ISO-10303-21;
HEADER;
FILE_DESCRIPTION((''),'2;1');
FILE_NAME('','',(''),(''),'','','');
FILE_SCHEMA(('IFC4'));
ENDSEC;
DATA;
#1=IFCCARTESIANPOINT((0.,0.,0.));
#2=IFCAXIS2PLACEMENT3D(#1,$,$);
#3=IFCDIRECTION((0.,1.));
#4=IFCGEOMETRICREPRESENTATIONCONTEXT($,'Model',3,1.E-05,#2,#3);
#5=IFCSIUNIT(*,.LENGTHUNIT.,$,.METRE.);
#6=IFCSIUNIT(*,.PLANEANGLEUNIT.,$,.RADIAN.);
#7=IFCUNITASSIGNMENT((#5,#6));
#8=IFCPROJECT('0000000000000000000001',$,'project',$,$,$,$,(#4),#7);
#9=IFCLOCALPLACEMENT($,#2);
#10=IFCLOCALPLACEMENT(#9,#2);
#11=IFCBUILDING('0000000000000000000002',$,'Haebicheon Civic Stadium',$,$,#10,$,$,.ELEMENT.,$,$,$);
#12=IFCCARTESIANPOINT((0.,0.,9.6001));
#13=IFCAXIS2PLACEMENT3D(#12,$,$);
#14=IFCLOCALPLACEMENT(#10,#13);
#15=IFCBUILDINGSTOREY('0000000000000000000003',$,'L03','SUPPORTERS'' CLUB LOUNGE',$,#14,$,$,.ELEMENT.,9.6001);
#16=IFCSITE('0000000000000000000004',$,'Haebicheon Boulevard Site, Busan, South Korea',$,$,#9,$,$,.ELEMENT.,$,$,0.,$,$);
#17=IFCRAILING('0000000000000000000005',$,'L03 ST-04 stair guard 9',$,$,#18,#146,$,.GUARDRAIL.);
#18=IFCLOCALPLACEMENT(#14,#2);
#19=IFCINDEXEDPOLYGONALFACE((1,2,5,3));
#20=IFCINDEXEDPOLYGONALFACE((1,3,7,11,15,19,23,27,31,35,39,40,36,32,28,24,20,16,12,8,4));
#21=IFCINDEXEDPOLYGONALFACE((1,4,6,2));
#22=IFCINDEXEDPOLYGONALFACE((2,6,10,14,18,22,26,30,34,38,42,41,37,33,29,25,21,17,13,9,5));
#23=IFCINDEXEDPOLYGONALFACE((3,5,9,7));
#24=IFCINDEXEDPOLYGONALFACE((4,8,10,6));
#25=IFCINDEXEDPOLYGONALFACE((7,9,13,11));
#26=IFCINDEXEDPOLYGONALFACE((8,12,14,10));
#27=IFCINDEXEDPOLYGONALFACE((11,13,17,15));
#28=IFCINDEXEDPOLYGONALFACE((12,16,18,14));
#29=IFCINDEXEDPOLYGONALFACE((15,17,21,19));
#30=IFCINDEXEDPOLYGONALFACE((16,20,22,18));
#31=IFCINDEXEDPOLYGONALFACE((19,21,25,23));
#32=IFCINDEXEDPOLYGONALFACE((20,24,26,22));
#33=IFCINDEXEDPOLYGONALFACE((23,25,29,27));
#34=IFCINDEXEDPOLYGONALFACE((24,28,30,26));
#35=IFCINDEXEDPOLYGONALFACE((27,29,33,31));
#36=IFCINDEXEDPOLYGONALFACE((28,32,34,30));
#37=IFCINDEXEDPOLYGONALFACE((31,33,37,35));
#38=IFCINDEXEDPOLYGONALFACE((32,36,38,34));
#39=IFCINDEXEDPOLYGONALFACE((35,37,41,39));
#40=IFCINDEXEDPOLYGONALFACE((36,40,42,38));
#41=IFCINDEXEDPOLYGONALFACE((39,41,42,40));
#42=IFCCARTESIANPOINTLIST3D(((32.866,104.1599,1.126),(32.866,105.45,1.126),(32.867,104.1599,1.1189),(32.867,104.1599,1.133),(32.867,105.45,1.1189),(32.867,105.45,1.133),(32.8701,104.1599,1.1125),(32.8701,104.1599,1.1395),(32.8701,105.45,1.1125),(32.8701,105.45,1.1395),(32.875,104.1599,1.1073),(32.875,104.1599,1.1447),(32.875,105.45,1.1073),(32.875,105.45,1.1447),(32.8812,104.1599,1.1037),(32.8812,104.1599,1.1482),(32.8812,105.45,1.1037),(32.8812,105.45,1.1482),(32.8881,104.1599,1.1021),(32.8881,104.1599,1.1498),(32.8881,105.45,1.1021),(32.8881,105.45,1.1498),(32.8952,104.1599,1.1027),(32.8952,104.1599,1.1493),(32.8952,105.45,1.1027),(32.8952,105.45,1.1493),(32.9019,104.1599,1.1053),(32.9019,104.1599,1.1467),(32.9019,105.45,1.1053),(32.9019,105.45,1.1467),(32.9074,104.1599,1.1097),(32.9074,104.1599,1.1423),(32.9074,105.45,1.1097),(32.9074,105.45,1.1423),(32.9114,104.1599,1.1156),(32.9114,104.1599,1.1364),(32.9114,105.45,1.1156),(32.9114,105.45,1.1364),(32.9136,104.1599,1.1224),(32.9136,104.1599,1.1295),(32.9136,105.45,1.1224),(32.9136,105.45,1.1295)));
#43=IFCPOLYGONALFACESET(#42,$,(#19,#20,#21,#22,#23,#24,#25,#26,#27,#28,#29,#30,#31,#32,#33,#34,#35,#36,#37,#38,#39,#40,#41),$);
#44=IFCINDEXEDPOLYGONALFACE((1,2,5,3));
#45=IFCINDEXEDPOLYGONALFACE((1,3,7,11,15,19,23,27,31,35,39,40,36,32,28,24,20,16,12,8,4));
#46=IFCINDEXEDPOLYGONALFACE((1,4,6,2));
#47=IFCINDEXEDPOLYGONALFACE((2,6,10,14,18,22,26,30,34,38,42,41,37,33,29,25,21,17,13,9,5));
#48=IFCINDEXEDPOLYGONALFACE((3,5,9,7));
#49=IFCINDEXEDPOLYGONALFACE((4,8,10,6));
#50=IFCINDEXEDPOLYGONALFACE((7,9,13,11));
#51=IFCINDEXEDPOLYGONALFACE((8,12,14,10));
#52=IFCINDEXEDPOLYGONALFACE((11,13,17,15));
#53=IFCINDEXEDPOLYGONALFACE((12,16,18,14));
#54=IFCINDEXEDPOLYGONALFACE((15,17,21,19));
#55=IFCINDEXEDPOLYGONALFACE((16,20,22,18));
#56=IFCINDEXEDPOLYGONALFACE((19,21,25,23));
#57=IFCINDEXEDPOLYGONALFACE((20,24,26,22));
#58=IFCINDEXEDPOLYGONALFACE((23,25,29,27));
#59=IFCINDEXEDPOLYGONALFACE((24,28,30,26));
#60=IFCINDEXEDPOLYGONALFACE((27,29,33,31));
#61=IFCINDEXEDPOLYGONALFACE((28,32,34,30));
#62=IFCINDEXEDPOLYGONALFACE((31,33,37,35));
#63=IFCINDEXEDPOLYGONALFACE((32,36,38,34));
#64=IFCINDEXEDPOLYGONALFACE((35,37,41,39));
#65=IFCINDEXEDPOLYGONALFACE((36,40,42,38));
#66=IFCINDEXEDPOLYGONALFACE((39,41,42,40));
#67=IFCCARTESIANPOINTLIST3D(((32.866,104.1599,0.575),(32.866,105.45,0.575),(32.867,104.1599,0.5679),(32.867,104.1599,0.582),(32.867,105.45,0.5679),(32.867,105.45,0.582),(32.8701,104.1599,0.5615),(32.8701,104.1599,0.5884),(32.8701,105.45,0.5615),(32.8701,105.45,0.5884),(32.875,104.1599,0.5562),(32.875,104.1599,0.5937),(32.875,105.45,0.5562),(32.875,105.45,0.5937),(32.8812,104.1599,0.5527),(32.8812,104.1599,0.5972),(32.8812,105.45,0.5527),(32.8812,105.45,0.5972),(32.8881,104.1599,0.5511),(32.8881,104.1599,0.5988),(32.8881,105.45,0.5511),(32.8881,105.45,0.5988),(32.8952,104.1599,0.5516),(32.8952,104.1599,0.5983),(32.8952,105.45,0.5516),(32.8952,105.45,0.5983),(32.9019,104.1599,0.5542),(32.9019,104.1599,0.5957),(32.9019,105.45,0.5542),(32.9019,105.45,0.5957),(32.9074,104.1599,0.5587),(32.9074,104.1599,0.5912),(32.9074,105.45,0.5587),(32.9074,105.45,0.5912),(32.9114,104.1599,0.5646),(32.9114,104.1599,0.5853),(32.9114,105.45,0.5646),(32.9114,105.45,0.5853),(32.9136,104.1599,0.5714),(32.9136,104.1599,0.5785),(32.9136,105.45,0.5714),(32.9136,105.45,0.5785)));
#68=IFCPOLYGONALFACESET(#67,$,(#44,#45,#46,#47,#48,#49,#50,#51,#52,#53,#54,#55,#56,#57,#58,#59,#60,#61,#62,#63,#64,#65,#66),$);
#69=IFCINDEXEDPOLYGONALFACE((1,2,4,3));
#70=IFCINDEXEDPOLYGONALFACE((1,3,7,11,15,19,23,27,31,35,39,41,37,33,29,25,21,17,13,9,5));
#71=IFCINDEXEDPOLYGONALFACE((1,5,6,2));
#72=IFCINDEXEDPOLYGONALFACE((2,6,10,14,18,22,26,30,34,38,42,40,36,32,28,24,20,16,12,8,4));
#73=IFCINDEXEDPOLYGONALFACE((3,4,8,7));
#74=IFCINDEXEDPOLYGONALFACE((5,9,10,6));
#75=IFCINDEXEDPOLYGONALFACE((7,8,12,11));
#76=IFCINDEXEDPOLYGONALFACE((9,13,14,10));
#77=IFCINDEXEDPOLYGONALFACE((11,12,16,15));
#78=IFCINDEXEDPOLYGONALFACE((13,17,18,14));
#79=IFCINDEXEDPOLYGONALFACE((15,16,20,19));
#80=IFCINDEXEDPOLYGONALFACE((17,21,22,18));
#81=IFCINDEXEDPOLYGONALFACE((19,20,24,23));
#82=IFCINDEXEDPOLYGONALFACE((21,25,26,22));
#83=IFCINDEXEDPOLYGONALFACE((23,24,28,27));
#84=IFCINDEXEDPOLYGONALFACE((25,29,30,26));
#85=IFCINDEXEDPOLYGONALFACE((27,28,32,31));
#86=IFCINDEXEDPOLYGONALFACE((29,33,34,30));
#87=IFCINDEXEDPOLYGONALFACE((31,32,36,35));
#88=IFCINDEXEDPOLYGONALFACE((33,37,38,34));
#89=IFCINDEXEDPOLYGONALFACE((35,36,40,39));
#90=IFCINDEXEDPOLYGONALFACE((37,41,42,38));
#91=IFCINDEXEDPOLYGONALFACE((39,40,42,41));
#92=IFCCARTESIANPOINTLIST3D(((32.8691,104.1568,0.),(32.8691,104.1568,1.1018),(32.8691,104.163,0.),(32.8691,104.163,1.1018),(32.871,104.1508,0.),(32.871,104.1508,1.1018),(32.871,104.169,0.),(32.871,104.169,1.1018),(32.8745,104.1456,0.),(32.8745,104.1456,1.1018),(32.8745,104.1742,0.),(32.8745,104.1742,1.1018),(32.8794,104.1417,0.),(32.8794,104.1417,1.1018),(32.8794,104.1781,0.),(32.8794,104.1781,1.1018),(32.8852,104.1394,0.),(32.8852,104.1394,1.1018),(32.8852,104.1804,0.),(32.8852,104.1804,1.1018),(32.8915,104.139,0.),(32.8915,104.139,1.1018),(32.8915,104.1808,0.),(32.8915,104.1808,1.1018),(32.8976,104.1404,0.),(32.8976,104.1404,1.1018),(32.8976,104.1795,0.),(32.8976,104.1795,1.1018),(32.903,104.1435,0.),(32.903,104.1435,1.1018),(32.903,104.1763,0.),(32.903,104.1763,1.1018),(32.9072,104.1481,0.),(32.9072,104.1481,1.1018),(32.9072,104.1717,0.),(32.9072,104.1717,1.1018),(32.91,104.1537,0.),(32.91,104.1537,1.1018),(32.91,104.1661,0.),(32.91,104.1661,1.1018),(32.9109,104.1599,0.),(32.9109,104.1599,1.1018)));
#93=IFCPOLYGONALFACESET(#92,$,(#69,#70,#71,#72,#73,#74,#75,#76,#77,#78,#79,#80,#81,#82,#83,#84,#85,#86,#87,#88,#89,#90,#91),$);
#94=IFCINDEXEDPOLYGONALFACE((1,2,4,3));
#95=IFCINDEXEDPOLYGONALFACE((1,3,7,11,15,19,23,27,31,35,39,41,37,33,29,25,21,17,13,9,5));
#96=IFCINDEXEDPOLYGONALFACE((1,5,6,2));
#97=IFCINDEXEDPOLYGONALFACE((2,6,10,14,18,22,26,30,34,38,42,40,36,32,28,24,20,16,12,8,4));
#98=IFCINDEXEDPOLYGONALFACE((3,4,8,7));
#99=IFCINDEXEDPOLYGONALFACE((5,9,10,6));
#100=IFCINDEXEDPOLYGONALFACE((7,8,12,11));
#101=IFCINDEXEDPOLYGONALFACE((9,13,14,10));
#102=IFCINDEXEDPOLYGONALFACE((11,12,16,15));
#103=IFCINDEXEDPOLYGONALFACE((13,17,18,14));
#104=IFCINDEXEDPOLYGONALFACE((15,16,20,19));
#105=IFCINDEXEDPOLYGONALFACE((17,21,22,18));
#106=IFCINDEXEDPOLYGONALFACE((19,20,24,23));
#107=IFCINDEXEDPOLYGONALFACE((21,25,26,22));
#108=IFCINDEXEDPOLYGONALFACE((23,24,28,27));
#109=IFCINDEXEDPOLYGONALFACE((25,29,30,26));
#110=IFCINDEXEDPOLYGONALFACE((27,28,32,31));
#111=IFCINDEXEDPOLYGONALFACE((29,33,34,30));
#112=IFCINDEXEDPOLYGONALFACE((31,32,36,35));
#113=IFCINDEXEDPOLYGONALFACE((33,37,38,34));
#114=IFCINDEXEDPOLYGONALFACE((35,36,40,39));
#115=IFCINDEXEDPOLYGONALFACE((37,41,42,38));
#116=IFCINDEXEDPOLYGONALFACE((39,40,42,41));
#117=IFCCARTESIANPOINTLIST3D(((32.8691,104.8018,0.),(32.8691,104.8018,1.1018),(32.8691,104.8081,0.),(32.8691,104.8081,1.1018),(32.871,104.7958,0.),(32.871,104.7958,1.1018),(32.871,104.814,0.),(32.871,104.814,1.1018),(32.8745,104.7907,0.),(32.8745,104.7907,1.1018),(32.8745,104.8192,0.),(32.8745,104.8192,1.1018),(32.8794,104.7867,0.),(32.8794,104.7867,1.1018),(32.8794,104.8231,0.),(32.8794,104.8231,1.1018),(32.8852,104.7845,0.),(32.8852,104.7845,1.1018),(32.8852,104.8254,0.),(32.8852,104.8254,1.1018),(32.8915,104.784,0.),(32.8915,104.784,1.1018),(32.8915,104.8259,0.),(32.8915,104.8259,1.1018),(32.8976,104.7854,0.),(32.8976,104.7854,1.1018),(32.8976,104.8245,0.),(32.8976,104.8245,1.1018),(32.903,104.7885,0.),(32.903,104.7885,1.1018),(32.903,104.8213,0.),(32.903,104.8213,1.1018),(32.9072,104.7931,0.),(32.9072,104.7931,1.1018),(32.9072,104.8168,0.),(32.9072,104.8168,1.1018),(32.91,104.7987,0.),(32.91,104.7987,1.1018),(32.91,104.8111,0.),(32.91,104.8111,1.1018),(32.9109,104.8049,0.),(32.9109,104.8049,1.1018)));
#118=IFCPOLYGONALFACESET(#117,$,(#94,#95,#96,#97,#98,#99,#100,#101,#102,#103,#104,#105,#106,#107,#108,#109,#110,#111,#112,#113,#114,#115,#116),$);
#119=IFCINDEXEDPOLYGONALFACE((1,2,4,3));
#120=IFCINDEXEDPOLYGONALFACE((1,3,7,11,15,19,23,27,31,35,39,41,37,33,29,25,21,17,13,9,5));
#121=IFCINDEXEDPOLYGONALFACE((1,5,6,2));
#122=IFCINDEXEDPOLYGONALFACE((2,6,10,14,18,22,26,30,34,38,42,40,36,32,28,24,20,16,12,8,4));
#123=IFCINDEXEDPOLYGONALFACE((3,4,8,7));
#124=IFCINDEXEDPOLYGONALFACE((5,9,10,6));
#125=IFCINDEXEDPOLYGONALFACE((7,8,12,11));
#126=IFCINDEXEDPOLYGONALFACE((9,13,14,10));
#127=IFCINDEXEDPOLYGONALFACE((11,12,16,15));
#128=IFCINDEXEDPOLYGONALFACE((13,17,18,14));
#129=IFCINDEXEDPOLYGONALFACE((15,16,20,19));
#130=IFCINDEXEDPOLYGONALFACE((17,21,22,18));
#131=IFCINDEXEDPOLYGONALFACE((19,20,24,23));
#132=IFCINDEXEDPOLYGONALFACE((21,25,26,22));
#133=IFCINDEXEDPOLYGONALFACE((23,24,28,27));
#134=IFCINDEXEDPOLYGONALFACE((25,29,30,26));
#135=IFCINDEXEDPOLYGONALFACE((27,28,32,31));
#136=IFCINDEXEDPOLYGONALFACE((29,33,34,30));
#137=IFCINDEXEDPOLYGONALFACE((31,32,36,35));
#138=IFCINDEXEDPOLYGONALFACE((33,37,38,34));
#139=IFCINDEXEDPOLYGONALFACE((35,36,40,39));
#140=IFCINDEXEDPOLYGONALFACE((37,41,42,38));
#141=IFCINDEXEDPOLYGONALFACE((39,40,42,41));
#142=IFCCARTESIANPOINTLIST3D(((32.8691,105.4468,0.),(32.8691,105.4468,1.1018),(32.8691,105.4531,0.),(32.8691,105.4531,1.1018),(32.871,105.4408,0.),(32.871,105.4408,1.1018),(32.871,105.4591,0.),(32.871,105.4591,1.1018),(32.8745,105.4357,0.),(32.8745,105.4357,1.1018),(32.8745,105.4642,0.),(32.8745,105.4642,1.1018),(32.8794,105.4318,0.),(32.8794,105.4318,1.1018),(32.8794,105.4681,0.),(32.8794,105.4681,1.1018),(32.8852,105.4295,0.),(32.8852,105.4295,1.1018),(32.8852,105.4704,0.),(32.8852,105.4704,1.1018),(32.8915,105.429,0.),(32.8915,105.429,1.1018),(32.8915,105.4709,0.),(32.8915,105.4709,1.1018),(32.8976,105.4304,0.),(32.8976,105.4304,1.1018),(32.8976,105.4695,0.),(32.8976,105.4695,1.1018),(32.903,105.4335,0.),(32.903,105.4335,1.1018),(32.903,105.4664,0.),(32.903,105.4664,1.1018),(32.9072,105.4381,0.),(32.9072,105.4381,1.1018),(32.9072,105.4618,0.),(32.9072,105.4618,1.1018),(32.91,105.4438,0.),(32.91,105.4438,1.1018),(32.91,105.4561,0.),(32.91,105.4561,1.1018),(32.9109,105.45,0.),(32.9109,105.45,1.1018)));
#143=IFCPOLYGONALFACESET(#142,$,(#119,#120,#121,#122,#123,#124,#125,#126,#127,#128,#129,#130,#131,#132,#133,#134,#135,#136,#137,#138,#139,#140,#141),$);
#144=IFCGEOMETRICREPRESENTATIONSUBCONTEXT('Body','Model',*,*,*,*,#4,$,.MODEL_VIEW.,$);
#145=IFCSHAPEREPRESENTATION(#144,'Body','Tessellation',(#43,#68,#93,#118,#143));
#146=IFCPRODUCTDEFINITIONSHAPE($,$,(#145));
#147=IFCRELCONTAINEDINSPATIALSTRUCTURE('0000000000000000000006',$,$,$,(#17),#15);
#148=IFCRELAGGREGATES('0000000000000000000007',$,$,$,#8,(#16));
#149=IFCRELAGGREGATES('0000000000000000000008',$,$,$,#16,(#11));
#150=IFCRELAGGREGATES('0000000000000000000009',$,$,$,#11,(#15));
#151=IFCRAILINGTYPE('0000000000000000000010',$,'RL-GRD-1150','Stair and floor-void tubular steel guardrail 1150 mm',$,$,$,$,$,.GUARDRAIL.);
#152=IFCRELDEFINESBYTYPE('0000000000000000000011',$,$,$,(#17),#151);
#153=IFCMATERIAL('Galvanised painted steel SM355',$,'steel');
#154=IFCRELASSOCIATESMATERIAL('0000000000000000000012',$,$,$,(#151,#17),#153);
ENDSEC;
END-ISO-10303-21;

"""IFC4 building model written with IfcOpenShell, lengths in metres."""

from ifc_helpers import new_model, si_unit, direction, frame, origin, origin_2d, place, context, subcontext, project, spatial, circle, extrude, material, type_object, element, save


model = new_model("IFC4")

# Units and contexts
model_context = context("Model", 3, precision=1e-05, world=origin(), true_north=direction((0.0, 1.0)))
body_context = subcontext(model_context, "Body", "Model", "MODEL_VIEW")
ifc_project = project(units=[si_unit("LENGTHUNIT", "METRE"), si_unit("PLANEANGLEUNIT", "RADIAN")], contexts=[model_context])

# Site, building, storey
site_placement = place(None, origin())
site = spatial("IfcSite", under=ifc_project, at=site_placement, Name="Haebicheon Boulevard Site, Busan, South Korea", CompositionType="ELEMENT", RefElevation=0.0)
building_placement = place(site_placement, origin())
building = spatial("IfcBuilding", under=site, at=building_placement, Name="Haebicheon Civic Stadium", CompositionType="ELEMENT")
storey_placement = place(building_placement, frame((0.0, 0.0, 9.6001)))
storey = spatial("IfcBuildingStorey", under=building, at=storey_placement, Name="L03", Description="SUPPORTERS' CLUB LOUNGE", CompositionType="ELEMENT", Elevation=9.6001)

# Railing
ifc_material_1 = material(Name="Galvanised painted steel SM355", Category="steel")
railing_type_1 = type_object("IfcRailingType", Name="RL-GRD-1150", Description="Stair and floor-void tubular steel guardrail 1150 mm", PredefinedType="GUARDRAIL", material=ifc_material_1)
for number, where, name in (
    (1, (32.8899, 104.1599, 0.0), "L03 ST-04 stair guard 9"),
):
    element("IfcRailing", number, at=place(storey_placement, frame(where)), inside=storey, type_object=railing_type_1, material=ifc_material_1, Name=name, PredefinedType="GUARDRAIL", context=body_context, shape_type="SweptSolid", body=[
        extrude(circle(Radius=0.0239, at=origin_2d()), frame((0.0, 0.0, 1.126), z_axis=(0.0, 1.0, 0.0), x_axis=(-1.0, 0.0, 0.0)), (0.0, 0.0, 1.0), 1.29),
        extrude(circle(Radius=0.0239, at=origin_2d()), frame((0.0, 0.0, 0.575), z_axis=(0.0, 1.0, 0.0), x_axis=(-1.0, 0.0, 0.0)), (0.0, 0.0, 1.0), 1.29),
        extrude(circle(Radius=0.021, at=origin_2d()), origin(), (0.0, 0.0, 1.0), 1.1018),
        extrude(circle(Radius=0.021, at=origin_2d()), frame((0.0, 0.645, 0.0)), (0.0, 0.0, 1.0), 1.1018),
        extrude(circle(Radius=0.021, at=origin_2d()), frame((0.0, 1.29, 0.0)), (0.0, 0.0, 1.0), 1.1018),
    ])

save(model, "model.ifc")
